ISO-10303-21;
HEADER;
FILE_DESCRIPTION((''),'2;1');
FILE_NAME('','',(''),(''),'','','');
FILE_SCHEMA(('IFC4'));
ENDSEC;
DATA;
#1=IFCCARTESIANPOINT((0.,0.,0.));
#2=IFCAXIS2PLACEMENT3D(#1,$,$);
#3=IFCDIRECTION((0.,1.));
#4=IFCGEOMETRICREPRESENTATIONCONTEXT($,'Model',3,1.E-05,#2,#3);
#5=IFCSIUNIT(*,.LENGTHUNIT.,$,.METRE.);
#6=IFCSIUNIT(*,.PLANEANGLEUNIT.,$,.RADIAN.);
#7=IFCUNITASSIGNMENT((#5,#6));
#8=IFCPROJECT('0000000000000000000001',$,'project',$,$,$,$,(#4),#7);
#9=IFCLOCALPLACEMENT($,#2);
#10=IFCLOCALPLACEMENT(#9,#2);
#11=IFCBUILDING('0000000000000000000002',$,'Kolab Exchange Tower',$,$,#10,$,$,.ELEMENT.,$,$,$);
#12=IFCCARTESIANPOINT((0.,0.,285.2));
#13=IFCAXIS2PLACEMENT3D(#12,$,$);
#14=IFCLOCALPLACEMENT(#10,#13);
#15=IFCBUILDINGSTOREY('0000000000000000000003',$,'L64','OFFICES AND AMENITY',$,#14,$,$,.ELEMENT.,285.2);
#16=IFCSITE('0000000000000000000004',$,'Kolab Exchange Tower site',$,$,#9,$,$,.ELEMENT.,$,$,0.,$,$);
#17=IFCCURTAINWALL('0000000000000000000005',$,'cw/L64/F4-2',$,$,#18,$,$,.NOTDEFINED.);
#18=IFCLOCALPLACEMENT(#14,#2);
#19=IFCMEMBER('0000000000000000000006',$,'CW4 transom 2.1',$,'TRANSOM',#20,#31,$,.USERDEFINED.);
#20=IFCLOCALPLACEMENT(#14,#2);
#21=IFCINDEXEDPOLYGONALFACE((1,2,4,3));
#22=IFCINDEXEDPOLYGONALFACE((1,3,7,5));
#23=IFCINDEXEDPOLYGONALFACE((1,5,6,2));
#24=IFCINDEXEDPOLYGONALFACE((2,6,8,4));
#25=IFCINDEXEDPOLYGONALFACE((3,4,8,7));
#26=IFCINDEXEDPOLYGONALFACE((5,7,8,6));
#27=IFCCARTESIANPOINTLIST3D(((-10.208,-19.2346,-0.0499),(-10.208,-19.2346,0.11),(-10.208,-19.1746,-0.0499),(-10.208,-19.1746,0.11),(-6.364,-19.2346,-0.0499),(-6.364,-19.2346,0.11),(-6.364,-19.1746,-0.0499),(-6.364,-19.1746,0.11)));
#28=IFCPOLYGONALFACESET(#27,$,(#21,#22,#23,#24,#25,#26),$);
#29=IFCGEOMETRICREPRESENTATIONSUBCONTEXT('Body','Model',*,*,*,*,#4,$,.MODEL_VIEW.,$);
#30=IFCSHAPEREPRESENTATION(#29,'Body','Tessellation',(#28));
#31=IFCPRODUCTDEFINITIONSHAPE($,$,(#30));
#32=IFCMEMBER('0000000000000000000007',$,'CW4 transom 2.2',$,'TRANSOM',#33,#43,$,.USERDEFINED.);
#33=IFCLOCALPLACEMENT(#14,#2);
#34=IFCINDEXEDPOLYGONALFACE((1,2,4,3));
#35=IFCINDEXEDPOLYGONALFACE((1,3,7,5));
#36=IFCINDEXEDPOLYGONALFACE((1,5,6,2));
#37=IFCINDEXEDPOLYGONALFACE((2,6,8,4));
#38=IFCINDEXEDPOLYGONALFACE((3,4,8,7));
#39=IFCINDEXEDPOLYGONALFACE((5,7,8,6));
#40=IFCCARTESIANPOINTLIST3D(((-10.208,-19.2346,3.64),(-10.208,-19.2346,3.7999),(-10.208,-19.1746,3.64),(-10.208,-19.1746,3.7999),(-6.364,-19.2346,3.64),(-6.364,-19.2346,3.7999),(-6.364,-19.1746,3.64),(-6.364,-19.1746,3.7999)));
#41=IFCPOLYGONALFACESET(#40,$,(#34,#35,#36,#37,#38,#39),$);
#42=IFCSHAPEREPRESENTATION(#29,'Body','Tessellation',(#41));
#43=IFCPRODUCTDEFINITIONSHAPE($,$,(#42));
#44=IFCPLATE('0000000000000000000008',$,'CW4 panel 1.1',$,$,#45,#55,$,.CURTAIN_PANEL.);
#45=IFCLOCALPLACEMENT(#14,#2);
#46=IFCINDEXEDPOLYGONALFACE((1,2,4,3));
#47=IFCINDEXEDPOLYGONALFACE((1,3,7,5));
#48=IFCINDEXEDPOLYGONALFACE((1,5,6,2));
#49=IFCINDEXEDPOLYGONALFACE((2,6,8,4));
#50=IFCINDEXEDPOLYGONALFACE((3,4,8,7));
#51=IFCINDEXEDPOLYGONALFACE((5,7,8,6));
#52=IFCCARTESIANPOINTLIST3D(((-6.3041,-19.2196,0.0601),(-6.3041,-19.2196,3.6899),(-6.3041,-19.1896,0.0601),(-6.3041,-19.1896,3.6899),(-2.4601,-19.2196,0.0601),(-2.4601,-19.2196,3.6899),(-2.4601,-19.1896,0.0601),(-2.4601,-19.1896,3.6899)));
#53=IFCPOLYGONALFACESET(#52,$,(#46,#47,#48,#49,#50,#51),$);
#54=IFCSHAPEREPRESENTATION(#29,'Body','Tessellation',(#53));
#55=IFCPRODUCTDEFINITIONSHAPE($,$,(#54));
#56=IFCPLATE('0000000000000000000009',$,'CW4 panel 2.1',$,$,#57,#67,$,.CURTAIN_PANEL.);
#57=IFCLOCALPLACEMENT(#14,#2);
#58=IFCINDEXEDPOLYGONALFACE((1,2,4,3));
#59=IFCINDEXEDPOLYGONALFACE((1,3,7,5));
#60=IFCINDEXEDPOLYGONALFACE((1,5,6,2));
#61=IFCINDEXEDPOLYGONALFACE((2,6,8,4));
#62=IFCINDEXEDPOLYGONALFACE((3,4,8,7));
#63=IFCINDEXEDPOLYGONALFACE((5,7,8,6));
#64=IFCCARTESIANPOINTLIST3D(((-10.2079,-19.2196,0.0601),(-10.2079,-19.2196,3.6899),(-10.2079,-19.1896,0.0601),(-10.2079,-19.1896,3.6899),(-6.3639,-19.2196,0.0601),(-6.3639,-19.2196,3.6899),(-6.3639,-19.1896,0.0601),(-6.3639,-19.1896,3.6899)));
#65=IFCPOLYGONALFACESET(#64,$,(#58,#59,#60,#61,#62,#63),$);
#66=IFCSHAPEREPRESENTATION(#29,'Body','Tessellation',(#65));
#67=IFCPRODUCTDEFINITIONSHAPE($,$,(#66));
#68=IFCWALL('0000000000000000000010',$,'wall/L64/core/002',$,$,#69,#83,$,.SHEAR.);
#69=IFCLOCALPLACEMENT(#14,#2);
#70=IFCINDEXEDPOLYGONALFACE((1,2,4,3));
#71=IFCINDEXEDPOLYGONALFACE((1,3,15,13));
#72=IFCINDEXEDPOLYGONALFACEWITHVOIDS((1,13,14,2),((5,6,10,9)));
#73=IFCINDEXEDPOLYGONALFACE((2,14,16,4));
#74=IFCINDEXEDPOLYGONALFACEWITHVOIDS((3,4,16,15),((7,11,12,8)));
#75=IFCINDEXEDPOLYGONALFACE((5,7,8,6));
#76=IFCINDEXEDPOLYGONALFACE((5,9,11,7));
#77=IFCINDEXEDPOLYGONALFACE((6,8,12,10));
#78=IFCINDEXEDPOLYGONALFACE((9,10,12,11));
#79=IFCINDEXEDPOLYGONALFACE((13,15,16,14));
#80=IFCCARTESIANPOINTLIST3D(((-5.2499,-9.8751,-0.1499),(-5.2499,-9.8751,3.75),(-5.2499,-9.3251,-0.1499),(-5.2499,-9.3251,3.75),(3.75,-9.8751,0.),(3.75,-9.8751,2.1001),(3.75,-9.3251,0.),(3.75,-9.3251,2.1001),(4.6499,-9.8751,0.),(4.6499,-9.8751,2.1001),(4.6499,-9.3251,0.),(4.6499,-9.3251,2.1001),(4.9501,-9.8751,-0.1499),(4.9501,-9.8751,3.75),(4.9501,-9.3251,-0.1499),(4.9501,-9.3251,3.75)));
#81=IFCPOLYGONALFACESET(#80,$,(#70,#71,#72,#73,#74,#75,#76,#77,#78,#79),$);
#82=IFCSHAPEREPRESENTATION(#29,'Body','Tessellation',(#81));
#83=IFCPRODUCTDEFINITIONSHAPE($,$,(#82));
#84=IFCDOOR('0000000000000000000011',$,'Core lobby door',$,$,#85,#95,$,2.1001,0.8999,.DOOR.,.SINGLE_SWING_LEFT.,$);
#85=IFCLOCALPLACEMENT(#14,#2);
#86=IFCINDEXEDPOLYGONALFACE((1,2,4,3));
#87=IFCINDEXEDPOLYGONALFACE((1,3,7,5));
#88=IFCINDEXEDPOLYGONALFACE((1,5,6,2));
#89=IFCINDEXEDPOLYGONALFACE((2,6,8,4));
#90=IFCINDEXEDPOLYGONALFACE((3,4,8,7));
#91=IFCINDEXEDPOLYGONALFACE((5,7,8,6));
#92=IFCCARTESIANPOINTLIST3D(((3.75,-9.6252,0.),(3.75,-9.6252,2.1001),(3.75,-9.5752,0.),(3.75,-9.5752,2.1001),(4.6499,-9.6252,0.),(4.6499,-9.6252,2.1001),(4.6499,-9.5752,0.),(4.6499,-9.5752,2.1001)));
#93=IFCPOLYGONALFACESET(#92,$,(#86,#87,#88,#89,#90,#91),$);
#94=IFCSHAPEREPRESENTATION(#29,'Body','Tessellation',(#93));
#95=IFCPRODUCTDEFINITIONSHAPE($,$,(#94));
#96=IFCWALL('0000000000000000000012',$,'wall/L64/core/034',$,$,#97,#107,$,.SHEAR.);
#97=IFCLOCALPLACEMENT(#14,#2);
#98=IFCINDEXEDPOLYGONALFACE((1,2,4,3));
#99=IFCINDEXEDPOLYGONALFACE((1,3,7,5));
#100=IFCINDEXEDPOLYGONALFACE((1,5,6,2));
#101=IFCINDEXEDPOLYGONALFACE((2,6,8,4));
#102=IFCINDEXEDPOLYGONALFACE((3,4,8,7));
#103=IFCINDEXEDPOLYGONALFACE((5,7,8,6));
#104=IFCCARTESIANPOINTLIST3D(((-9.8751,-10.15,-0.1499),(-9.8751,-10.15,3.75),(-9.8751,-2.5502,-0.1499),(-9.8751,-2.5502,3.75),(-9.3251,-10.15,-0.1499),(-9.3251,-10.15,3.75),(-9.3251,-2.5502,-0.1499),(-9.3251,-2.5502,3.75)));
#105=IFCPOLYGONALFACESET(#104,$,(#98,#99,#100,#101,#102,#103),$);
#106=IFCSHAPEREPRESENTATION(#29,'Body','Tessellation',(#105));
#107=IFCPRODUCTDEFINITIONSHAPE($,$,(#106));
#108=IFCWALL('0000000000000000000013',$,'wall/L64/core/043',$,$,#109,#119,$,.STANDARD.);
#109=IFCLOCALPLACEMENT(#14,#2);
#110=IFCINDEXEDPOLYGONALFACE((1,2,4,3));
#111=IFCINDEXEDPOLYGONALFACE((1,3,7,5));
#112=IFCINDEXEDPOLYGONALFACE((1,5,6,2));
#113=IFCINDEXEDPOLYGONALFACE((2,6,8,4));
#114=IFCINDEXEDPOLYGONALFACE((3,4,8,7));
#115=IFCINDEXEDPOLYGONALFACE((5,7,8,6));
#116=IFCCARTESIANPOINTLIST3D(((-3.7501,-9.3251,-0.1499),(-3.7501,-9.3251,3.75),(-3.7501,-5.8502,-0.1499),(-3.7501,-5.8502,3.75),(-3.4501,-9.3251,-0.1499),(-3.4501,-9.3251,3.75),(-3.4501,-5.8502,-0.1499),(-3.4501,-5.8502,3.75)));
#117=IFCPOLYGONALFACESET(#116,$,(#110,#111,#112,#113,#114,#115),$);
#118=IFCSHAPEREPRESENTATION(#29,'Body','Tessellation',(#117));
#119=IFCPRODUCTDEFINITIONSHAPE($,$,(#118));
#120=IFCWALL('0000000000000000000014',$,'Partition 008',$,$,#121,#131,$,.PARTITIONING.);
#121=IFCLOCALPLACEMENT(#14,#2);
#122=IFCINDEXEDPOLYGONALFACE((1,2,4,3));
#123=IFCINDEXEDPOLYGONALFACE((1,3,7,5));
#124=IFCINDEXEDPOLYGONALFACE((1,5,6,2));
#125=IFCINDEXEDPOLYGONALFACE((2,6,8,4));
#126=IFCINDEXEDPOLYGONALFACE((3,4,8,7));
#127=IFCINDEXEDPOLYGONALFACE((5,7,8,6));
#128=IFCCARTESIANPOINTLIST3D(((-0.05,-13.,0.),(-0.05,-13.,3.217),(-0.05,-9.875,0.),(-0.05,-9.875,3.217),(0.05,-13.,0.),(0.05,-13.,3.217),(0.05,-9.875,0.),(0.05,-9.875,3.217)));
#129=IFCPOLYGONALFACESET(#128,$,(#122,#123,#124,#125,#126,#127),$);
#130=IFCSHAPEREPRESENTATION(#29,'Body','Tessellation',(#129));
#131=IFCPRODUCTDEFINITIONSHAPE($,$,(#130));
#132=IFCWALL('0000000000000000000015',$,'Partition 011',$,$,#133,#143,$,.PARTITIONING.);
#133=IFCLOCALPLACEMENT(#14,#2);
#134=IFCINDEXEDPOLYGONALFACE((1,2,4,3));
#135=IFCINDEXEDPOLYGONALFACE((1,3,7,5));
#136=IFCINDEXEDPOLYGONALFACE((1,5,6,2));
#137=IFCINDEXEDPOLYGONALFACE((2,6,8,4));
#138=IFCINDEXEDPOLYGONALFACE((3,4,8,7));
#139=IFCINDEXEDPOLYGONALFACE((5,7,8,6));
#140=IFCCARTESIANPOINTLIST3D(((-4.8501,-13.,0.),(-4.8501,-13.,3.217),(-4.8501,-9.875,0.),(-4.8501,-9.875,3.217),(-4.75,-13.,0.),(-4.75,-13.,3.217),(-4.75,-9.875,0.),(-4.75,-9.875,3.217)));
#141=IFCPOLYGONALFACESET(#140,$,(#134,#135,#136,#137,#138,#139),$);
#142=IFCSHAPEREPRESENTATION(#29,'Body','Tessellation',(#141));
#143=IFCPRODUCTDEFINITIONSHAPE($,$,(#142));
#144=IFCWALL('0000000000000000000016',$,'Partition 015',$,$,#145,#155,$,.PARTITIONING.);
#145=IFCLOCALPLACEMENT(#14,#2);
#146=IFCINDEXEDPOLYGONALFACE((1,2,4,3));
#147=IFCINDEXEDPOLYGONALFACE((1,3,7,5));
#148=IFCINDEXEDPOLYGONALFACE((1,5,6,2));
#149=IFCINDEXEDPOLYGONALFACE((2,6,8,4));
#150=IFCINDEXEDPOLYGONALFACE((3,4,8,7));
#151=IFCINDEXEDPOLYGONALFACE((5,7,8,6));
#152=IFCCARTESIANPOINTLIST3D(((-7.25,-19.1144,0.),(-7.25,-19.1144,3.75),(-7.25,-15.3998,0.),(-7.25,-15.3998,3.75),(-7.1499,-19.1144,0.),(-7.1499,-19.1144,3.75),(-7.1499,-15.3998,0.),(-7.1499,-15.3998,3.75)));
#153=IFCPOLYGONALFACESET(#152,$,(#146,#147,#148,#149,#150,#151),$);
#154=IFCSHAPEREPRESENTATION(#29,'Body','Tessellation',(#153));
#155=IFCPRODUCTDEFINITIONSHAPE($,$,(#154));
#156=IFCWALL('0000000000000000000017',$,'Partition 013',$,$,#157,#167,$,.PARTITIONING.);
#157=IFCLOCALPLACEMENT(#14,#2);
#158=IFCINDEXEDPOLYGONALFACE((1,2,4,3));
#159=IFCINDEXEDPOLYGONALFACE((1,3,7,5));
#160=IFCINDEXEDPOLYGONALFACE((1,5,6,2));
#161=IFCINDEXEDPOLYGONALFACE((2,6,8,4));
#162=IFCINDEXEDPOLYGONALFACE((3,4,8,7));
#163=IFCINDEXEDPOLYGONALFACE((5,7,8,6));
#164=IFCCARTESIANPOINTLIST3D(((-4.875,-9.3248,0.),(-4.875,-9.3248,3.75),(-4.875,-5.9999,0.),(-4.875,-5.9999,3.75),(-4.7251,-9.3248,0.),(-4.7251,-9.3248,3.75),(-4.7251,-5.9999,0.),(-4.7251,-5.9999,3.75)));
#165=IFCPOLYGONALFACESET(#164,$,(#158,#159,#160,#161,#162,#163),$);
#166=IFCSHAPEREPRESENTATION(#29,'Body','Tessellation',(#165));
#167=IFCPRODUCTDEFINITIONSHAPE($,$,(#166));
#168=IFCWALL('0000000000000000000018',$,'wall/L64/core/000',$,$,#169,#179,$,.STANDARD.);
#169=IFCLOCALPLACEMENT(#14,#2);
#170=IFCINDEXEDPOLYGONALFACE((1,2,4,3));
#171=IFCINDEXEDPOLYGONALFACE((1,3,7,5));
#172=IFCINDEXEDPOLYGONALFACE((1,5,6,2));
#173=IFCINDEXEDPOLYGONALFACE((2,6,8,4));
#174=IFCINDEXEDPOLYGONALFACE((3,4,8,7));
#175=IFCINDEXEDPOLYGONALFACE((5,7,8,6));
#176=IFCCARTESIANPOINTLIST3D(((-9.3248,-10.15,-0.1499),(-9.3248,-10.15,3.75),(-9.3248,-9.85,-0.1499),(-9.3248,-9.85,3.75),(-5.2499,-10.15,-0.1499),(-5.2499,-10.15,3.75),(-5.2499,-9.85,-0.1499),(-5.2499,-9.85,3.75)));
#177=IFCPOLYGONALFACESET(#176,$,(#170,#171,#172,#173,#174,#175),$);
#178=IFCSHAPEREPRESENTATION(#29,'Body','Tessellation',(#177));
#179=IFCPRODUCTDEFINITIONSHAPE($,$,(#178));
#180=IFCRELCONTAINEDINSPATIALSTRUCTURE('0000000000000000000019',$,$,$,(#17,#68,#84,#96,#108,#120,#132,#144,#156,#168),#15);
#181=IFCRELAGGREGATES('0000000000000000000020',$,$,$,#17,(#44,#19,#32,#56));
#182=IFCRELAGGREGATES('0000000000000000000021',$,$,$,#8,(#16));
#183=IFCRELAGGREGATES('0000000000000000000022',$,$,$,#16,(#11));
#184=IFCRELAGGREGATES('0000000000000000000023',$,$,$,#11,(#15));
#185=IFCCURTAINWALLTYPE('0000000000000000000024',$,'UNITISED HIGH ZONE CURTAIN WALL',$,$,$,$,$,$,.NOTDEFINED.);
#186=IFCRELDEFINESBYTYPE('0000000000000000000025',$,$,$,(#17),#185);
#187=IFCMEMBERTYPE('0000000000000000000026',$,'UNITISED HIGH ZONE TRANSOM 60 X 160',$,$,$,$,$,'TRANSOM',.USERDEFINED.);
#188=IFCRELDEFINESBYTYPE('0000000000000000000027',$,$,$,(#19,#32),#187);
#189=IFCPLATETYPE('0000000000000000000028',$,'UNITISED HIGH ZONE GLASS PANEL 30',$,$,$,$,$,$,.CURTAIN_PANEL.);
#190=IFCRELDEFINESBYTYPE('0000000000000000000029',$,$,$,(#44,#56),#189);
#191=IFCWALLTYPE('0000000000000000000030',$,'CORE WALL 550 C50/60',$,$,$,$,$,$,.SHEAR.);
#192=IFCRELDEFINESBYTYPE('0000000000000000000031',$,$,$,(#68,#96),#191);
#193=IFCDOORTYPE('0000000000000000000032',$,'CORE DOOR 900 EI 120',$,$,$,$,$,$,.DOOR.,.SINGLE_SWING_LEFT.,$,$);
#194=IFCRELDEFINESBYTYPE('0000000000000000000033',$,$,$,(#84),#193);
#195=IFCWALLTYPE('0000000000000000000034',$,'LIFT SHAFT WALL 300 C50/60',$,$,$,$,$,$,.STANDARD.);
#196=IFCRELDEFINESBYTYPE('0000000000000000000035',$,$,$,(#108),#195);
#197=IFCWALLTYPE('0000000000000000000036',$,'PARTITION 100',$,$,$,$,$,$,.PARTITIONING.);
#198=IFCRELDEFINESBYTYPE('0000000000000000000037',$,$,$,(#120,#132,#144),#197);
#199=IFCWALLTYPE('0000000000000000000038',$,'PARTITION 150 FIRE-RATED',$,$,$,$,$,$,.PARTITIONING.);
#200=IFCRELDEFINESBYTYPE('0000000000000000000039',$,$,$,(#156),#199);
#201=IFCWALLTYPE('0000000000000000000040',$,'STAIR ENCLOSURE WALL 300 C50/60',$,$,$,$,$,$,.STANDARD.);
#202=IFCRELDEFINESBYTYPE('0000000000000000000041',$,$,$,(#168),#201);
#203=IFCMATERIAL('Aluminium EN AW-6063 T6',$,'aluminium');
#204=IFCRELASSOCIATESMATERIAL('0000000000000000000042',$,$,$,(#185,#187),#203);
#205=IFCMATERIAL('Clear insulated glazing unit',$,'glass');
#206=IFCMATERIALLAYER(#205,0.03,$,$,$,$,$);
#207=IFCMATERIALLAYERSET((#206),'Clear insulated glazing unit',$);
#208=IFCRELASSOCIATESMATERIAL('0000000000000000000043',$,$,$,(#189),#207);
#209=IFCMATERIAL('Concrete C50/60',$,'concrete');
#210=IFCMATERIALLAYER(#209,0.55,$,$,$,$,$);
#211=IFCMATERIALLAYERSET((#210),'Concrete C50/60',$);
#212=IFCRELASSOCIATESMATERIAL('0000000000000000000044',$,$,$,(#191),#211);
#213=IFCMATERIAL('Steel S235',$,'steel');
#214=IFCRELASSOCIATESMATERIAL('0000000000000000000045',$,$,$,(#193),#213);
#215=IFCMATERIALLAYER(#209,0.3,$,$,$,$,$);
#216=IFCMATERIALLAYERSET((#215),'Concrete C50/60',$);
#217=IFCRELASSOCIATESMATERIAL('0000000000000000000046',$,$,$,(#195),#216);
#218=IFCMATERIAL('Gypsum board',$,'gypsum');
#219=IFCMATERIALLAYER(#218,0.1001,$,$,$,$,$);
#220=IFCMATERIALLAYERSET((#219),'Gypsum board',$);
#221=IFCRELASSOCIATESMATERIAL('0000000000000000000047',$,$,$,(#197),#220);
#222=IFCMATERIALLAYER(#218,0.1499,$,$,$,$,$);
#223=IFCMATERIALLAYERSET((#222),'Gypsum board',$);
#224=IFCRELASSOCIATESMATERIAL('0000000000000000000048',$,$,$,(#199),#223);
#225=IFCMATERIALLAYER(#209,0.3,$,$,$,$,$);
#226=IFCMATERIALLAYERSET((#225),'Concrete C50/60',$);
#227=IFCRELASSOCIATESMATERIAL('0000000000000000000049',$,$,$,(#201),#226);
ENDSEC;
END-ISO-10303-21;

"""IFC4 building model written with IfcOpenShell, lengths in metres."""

from ifc_helpers import new_model, si_unit, direction, frame, frame_2d, origin, origin_2d, place, context, subcontext, project, spatial, rectangle, extrude, material, layer, layer_set, material_profile, profile_set, type_object, element, fill, aggregate, save


model = new_model("IFC4")

# Units and contexts
model_context = context("Model", 3, precision=1e-05, world=origin(), true_north=direction((0.0, 1.0)))
body_context = subcontext(model_context, "Body", "Model", "MODEL_VIEW")
ifc_project = project(units=[si_unit("LENGTHUNIT", "METRE"), si_unit("PLANEANGLEUNIT", "RADIAN")], contexts=[model_context])

# Site, building, storey
site_placement = place(None, origin())
site = spatial("IfcSite", under=ifc_project, at=site_placement, Name="Kolab Exchange Tower site", CompositionType="ELEMENT", RefElevation=0.0)
building_placement = place(site_placement, origin())
building = spatial("IfcBuilding", under=site, at=building_placement, Name="Kolab Exchange Tower", CompositionType="ELEMENT")
storey_placement = place(building_placement, frame((0.0, 0.0, 285.2)))
storey = spatial("IfcBuildingStorey", under=building, at=storey_placement, Name="L64", Description="OFFICES AND AMENITY", CompositionType="ELEMENT", Elevation=285.2)

# Shared definitions
ifc_material_1 = material(Name="Concrete C50/60", Category="concrete")

# Curtain wall, members, plates
ifc_material_2 = material(Name="Aluminium EN AW-6063 T6", Category="aluminium")
curtain_wall_type = type_object("IfcCurtainWallType", Name="UNITISED HIGH ZONE CURTAIN WALL", PredefinedType="NOTDEFINED", material=ifc_material_2)
curtain_wall_placement = place(storey_placement, origin())
curtain_wall = element("IfcCurtainWall", 1, at=curtain_wall_placement, inside=storey, type_object=curtain_wall_type, Name="cw/L64/F4-2", PredefinedType="NOTDEFINED")
ifc_material_profile_1 = material_profile(ifc_material_2, rectangle(XDim=0.0601, YDim=0.1599, at=origin_2d()), Name="RECT 60X160")
ifc_profile_set_1 = profile_set([ifc_material_profile_1], Name="Aluminium EN AW-6063 T6")
member_type_1 = type_object("IfcMemberType", Name="UNITISED HIGH ZONE TRANSOM 60 X 160", ElementType="TRANSOM", PredefinedType="USERDEFINED", material=ifc_profile_set_1)
member_1_placement = place(storey_placement, frame((-6.364, -19.2046, 0.03), z_axis=(-1.0, 0.0, 0.0), x_axis=(0.0, -1.0, 0.0)))
member_1 = element("IfcMember", 2, at=member_1_placement, type_object=member_type_1, Name="CW4 transom 2.1", ObjectType="TRANSOM", PredefinedType="USERDEFINED", context=body_context, shape_type="SweptSolid", body=[
    extrude(rectangle(XDim=0.0601, YDim=0.1599, at=origin_2d()), origin(), (0.0, 0.0, 1.0), 3.844),
])
member_2_placement = place(storey_placement, frame((-6.364, -19.2046, 3.72), z_axis=(-1.0, 0.0, 0.0), x_axis=(0.0, -1.0, 0.0)))
member_2 = element("IfcMember", 3, at=member_2_placement, type_object=member_type_1, Name="CW4 transom 2.2", ObjectType="TRANSOM", PredefinedType="USERDEFINED", context=body_context, shape_type="SweptSolid", body=[
    extrude(rectangle(XDim=0.0601, YDim=0.1599, at=origin_2d()), origin(), (0.0, 0.0, 1.0), 3.844),
])
ifc_material_3 = material(Name="Clear insulated glazing unit", Category="glass")
ifc_layer_1 = layer(ifc_material_3, 0.03)
ifc_layer_set_1 = layer_set([ifc_layer_1], Name="Clear insulated glazing unit")
plate_type = type_object("IfcPlateType", Name="UNITISED HIGH ZONE GLASS PANEL 30", PredefinedType="CURTAIN_PANEL", material=ifc_layer_set_1)
plate_1_placement = place(storey_placement, frame((-4.3821, -19.2046, 0.0601), z_axis=(0.0, 0.0, 1.0), x_axis=(-1.0, 0.0, 0.0)))
plate_1 = element("IfcPlate", 4, at=plate_1_placement, type_object=plate_type, Name="CW4 panel 1.1", PredefinedType="CURTAIN_PANEL", context=body_context, shape_type="SweptSolid", body=[
    extrude(rectangle(XDim=3.844, YDim=0.03, at=origin_2d()), origin(), (0.0, 0.0, 1.0), 3.6299),
])
plate_2_placement = place(storey_placement, frame((-8.2859, -19.2046, 0.0601), z_axis=(0.0, 0.0, 1.0), x_axis=(-1.0, 0.0, 0.0)))
plate_2 = element("IfcPlate", 5, at=plate_2_placement, type_object=plate_type, Name="CW4 panel 2.1", PredefinedType="CURTAIN_PANEL", context=body_context, shape_type="SweptSolid", body=[
    extrude(rectangle(XDim=3.844, YDim=0.03, at=origin_2d()), origin(), (0.0, 0.0, 1.0), 3.6299),
])
aggregate(curtain_wall, [plate_1, member_1, member_2, plate_2])

# Wall, opening, door
ifc_layer_2 = layer(ifc_material_1, 0.55)
ifc_layer_set_2 = layer_set([ifc_layer_2], Name="Concrete C50/60")
wall_type_1 = type_object("IfcWallType", Name="CORE WALL 550 C50/60", PredefinedType="SHEAR", material=ifc_layer_set_2)
wall_1_placement = place(storey_placement, frame((-5.25, -9.6001, -0.1499), z_axis=(0.0, 0.0, 1.0), x_axis=(1.0, 0.0, 0.0)))
wall_1 = element("IfcWall", 6, at=wall_1_placement, inside=storey, type_object=wall_type_1, Name="wall/L64/core/002", PredefinedType="SHEAR", context=body_context, shape_type="SweptSolid", body=[
    extrude(rectangle(XDim=10.2, YDim=0.55, at=frame_2d((5.1001, 0.0))), origin(), (0.0, 0.0, 1.0), 3.8999),
])
opening_1_placement = place(wall_1_placement, frame((9.0, 0.0, 0.1499)))
opening_1 = element("IfcOpeningElement", 7, at=opening_1_placement, cuts=wall_1, PredefinedType="OPENING", context=body_context, shape_type="SweptSolid", body=[
    extrude(rectangle(XDim=0.8999, YDim=2.1001, at=frame_2d((0.45, 1.05))), frame((0.0, 0.2852, 0.0), z_axis=(0.0, -1.0, 0.0), x_axis=(1.0, 0.0, 0.0)), (0.0, 0.0, 1.0), 0.5701),
])
ifc_material_4 = material(Name="Steel S235", Category="steel")
door_type_1 = type_object("IfcDoorType", Name="CORE DOOR 900 EI 120", OperationType="SINGLE_SWING_LEFT", PredefinedType="DOOR", material=ifc_material_4)
door_1_placement = place(opening_1_placement, origin())
door_1 = element("IfcDoor", 8, at=door_1_placement, inside=storey, type_object=door_type_1, Name="Core lobby door", OperationType="SINGLE_SWING_LEFT", OverallHeight=2.1001, OverallWidth=0.8999, PredefinedType="DOOR", context=body_context, shape_type="SweptSolid", body=[
    extrude(rectangle(XDim=0.8999, YDim=2.1001, at=frame_2d((0.45, 1.05))), frame((0.0, 0.0249, 0.0), z_axis=(0.0, -1.0, 0.0), x_axis=(1.0, 0.0, 0.0)), (0.0, 0.0, 1.0), 0.05),
])
fill(opening_1, door_1)

# Walls
wall_2_placement = place(storey_placement, frame((-9.6001, -10.1499, -0.1499), z_axis=(0.0, 0.0, 1.0), x_axis=(0.0, 1.0, 0.0)))
element("IfcWall", 9, at=wall_2_placement, inside=storey, type_object=wall_type_1, Name="wall/L64/core/034", PredefinedType="SHEAR", context=body_context, shape_type="SweptSolid", body=[
    extrude(rectangle(XDim=7.5999, YDim=0.55, at=frame_2d((3.7998, 0.0))), origin(), (0.0, 0.0, 1.0), 3.8999),
])
ifc_layer_3 = layer(ifc_material_1, 0.3)
ifc_layer_set_3 = layer_set([ifc_layer_3], Name="Concrete C50/60")
wall_type_2 = type_object("IfcWallType", Name="LIFT SHAFT WALL 300 C50/60", PredefinedType="STANDARD", material=ifc_layer_set_3)
wall_3_placement = place(storey_placement, frame((-3.6001, -9.325, -0.1499), z_axis=(0.0, 0.0, 1.0), x_axis=(0.0, 1.0, 0.0)))
element("IfcWall", 10, at=wall_3_placement, inside=storey, type_object=wall_type_2, Name="wall/L64/core/043", PredefinedType="STANDARD", context=body_context, shape_type="SweptSolid", body=[
    extrude(rectangle(XDim=3.4749, YDim=0.3, at=frame_2d((1.7373, 0.0))), origin(), (0.0, 0.0, 1.0), 3.8999),
])
ifc_material_5 = material(Name="Gypsum board", Category="gypsum")
ifc_layer_4 = layer(ifc_material_5, 0.1001)
ifc_layer_set_4 = layer_set([ifc_layer_4], Name="Gypsum board")
wall_type_3 = type_object("IfcWallType", Name="PARTITION 100", PredefinedType="PARTITIONING", material=ifc_layer_set_4)
for number, where, z_axis, x_axis, name in (
    (11, (0.0, -13.0, 0.0), (0.0, 0.0, 1.0), (0.0, 1.0, 0.0), "Partition 008"),
    (12, (-4.8, -13.0, 0.0), (0.0, 0.0, 1.0), (0.0, 1.0, 0.0), "Partition 011"),
):
    element("IfcWall", number, at=place(storey_placement, frame(where, z_axis=z_axis, x_axis=x_axis)), inside=storey, type_object=wall_type_3, Name=name, PredefinedType="PARTITIONING", context=body_context, shape_type="SweptSolid", body=[
        extrude(rectangle(XDim=3.125, YDim=0.1001, at=frame_2d((1.5625, 0.0))), origin(), (0.0, 0.0, 1.0), 3.217),
    ])
wall_4_placement = place(storey_placement, frame((-7.2, -19.1145, 0.0), z_axis=(0.0, 0.0, 1.0), x_axis=(0.0, 1.0, 0.0)))
element("IfcWall", 13, at=wall_4_placement, inside=storey, type_object=wall_type_3, Name="Partition 015", PredefinedType="PARTITIONING", context=body_context, shape_type="SweptSolid", body=[
    extrude(rectangle(XDim=3.7146, YDim=0.1001, at=frame_2d((1.8574, 0.0))), origin(), (0.0, 0.0, 1.0), 3.75),
])
ifc_layer_5 = layer(ifc_material_5, 0.1499)
ifc_layer_set_5 = layer_set([ifc_layer_5], Name="Gypsum board")
wall_type_4 = type_object("IfcWallType", Name="PARTITION 150 FIRE-RATED", PredefinedType="PARTITIONING", material=ifc_layer_set_5)
wall_5_placement = place(storey_placement, frame((-4.8, -9.325, 0.0), z_axis=(0.0, 0.0, 1.0), x_axis=(0.0, 1.0, 0.0)))
element("IfcWall", 14, at=wall_5_placement, inside=storey, type_object=wall_type_4, Name="Partition 013", PredefinedType="PARTITIONING", context=body_context, shape_type="SweptSolid", body=[
    extrude(rectangle(XDim=3.325, YDim=0.1499, at=frame_2d((1.6626, 0.0))), origin(), (0.0, 0.0, 1.0), 3.75),
])
ifc_layer_6 = layer(ifc_material_1, 0.3)
ifc_layer_set_6 = layer_set([ifc_layer_6], Name="Concrete C50/60")
wall_type_5 = type_object("IfcWallType", Name="STAIR ENCLOSURE WALL 300 C50/60", PredefinedType="STANDARD", material=ifc_layer_set_6)
wall_6_placement = place(storey_placement, frame((-9.325, -10.0, -0.1499), z_axis=(0.0, 0.0, 1.0), x_axis=(1.0, 0.0, 0.0)))
element("IfcWall", 15, at=wall_6_placement, inside=storey, type_object=wall_type_5, Name="wall/L64/core/000", PredefinedType="STANDARD", context=body_context, shape_type="SweptSolid", body=[
    extrude(rectangle(XDim=4.075, YDim=0.3, at=frame_2d((2.0376, 0.0))), origin(), (0.0, 0.0, 1.0), 3.8999),
])

save(model, "model.ifc")
